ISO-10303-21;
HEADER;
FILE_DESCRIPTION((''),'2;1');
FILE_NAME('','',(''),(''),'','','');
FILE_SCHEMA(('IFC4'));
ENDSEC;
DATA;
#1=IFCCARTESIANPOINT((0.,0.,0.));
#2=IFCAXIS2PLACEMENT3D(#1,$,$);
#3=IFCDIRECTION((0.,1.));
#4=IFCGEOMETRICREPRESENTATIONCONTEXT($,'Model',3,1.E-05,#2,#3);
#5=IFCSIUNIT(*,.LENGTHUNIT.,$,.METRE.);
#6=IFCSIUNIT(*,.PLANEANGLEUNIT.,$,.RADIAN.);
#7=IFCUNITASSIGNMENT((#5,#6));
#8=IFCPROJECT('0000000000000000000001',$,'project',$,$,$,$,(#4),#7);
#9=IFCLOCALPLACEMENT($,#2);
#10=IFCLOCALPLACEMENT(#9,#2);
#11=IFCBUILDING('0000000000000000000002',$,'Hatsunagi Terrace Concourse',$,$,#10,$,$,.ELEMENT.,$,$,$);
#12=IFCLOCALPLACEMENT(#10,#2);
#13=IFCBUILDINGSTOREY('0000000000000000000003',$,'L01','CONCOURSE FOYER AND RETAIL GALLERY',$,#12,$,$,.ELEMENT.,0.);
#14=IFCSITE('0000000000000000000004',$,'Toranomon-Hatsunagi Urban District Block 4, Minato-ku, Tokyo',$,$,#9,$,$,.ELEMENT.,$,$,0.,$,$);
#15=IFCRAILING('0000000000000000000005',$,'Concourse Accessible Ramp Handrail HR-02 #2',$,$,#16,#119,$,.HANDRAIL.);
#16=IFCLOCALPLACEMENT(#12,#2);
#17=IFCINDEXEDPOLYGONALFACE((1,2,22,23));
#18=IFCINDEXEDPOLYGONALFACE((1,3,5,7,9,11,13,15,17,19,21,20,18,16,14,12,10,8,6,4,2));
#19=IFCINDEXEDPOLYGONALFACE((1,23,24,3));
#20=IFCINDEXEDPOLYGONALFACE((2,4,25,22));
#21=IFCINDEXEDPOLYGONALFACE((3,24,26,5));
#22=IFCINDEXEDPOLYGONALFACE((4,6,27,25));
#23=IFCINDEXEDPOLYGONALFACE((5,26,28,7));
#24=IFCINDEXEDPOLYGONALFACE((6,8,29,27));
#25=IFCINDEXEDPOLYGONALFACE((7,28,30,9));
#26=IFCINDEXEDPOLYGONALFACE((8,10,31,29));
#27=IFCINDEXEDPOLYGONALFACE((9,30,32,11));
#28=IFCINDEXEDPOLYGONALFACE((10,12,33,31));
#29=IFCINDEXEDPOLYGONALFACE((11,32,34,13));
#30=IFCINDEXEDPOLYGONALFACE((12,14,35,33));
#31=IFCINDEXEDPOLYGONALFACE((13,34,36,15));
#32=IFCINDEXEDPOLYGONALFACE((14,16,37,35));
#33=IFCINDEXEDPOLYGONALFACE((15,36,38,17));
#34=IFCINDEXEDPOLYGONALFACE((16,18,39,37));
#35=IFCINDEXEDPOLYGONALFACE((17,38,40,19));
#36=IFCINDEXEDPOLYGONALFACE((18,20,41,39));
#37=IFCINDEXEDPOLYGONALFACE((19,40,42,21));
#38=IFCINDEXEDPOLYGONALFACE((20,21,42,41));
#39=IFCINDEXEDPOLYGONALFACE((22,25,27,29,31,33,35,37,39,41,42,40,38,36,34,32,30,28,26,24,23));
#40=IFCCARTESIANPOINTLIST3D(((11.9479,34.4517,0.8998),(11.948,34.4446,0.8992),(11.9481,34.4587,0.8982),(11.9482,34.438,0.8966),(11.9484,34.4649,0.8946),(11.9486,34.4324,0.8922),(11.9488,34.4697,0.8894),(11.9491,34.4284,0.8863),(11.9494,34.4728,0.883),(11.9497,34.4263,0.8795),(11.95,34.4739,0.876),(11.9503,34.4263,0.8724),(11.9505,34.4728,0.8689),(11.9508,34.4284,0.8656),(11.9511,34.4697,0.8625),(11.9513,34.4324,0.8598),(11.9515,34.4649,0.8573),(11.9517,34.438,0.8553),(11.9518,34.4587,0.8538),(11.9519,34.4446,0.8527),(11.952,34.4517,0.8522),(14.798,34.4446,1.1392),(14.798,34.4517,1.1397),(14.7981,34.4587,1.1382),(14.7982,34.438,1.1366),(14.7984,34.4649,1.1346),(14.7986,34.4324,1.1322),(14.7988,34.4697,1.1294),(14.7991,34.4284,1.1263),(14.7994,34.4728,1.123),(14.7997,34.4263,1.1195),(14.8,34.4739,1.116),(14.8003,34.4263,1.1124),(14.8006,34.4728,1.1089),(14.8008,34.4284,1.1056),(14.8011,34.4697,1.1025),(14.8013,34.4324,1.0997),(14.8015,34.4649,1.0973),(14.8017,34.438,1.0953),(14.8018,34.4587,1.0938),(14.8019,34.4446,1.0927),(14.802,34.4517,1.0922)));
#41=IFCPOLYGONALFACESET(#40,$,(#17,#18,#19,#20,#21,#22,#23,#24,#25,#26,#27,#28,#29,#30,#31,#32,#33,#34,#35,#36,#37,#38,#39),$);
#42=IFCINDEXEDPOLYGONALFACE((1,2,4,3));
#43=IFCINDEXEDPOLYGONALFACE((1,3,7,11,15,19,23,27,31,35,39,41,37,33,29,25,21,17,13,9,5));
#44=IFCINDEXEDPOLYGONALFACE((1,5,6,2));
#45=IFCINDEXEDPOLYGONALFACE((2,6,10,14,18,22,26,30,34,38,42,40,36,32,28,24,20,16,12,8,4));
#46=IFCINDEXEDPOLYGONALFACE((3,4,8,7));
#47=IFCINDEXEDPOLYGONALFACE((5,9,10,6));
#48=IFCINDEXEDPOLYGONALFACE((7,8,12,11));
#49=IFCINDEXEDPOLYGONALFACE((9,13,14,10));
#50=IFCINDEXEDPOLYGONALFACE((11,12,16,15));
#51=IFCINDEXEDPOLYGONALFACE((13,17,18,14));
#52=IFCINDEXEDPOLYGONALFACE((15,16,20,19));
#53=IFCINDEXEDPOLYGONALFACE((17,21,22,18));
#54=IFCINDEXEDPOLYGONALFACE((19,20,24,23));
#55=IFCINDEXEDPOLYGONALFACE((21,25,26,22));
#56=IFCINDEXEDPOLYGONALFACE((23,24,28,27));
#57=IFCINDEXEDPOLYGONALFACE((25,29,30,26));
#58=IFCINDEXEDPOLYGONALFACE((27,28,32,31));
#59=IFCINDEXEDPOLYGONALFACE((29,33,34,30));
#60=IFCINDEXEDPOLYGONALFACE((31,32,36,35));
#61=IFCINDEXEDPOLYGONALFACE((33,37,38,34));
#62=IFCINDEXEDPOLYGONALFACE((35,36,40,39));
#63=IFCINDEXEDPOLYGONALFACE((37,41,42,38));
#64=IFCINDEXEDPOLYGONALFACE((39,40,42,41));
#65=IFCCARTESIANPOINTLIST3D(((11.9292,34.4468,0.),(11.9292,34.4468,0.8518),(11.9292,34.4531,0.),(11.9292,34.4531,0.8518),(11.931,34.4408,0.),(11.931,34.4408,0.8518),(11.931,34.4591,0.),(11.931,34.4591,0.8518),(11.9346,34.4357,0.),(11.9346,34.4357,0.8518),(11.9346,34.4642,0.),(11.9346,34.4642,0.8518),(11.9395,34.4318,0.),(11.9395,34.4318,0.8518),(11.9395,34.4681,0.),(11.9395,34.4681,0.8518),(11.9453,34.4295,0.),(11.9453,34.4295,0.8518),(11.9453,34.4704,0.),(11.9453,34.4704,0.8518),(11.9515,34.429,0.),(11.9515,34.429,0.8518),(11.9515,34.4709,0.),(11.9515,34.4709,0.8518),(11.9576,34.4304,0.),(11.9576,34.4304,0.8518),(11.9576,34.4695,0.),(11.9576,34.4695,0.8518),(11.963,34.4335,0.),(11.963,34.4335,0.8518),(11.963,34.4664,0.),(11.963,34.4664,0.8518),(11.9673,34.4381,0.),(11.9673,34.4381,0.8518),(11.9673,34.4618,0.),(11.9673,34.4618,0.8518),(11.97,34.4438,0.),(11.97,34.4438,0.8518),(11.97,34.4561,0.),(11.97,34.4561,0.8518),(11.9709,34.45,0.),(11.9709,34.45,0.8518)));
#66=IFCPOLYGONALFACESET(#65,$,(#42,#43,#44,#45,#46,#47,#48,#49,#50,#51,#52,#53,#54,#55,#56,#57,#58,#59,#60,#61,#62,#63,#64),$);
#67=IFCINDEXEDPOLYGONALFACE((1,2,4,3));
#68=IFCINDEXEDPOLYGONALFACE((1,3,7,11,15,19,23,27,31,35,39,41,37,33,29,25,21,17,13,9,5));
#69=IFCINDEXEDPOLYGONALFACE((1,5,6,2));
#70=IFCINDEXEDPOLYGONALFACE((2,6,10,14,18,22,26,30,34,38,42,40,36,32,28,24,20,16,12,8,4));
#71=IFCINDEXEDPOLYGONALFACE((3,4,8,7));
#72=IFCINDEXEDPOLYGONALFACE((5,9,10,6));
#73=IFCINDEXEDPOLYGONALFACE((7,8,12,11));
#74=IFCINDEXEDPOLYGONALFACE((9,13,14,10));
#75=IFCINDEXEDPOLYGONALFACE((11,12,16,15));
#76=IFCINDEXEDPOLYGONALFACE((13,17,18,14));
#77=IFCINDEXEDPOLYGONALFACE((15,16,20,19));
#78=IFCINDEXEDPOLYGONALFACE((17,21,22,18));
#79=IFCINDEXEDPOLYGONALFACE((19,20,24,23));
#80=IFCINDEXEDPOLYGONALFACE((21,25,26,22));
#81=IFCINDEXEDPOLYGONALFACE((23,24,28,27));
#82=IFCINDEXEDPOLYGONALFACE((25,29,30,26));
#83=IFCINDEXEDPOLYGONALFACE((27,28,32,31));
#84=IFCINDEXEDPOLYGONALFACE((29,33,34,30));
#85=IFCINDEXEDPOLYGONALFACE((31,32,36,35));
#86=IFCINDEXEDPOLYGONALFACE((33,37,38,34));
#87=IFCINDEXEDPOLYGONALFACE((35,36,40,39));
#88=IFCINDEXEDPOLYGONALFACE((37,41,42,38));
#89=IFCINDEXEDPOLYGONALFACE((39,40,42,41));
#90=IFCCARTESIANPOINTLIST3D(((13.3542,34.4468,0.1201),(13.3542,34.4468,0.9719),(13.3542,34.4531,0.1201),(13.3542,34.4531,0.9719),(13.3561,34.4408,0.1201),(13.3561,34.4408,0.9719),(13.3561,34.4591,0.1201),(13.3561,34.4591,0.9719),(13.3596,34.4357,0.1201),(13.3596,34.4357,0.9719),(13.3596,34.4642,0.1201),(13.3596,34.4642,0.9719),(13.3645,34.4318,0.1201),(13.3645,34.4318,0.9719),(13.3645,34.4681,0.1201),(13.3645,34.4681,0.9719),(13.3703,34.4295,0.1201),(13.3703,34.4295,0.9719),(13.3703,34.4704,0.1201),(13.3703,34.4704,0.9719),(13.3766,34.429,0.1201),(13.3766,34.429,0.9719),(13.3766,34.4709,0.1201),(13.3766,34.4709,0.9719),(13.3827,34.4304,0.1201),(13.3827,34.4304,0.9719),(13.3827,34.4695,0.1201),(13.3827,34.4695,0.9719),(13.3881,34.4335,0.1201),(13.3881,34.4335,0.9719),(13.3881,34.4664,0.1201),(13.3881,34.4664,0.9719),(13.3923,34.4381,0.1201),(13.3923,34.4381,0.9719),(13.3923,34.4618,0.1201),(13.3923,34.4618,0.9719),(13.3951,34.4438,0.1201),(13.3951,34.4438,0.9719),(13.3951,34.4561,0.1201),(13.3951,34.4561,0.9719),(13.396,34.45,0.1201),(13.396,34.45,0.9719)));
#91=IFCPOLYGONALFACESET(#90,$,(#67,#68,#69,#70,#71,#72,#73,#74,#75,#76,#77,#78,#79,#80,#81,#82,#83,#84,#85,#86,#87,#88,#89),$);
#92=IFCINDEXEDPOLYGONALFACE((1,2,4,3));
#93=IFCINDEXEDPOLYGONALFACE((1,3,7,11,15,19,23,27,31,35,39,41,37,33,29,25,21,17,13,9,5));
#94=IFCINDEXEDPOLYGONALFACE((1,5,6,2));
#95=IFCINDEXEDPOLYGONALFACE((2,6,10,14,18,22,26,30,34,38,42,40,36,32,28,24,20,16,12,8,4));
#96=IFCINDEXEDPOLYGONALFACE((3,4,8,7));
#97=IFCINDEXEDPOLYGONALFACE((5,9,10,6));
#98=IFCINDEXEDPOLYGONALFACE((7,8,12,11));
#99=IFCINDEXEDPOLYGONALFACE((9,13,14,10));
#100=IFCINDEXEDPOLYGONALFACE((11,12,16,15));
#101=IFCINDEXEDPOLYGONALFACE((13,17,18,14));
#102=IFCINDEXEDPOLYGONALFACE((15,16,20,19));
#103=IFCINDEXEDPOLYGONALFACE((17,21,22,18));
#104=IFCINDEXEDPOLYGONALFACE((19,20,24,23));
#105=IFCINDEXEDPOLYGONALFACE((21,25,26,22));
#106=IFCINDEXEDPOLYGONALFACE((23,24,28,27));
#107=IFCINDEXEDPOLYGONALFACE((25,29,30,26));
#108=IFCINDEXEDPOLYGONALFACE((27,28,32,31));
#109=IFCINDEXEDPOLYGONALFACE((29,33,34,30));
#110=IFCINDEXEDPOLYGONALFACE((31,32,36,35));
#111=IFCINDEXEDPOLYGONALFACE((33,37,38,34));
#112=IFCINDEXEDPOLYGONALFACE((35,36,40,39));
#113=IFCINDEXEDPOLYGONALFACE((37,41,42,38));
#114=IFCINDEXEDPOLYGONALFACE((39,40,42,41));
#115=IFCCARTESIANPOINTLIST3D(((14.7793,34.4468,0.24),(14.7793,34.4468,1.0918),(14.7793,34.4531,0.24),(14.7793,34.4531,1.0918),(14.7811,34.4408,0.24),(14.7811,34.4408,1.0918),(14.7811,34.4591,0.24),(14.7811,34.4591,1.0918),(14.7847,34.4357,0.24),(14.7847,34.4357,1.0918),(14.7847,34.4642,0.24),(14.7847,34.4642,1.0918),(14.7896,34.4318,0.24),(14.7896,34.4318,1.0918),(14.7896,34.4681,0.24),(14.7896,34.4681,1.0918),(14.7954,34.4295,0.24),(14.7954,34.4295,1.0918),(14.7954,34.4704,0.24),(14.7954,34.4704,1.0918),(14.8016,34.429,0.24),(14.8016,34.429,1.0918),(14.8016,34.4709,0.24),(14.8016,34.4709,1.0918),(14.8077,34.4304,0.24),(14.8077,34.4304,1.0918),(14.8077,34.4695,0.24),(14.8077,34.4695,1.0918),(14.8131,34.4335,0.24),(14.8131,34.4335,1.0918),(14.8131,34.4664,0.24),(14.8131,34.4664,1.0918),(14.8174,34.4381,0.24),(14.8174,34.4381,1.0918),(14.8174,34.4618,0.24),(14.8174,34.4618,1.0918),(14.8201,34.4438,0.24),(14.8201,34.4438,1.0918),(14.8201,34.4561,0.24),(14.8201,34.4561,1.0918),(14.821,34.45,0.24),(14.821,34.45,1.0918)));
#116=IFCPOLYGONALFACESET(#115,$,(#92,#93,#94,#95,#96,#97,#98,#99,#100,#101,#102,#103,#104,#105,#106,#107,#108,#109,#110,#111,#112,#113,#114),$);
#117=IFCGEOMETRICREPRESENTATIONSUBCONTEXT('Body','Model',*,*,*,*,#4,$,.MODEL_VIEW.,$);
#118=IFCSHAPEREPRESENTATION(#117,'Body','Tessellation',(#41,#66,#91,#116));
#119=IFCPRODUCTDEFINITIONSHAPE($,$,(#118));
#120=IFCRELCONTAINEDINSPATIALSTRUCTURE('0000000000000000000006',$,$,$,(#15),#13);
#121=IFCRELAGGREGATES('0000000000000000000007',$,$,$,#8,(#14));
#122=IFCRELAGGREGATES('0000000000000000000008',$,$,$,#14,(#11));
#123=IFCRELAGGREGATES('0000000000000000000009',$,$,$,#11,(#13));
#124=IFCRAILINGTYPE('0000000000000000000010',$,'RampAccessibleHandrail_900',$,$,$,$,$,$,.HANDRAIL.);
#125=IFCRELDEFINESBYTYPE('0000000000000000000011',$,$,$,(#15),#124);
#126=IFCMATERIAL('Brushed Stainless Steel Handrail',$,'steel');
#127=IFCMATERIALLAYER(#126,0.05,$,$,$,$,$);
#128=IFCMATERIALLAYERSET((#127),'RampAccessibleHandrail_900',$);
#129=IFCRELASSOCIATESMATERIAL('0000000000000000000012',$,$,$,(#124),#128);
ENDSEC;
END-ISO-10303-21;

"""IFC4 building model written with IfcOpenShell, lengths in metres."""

from ifc_helpers import new_model, si_unit, direction, frame, origin, origin_2d, place, context, subcontext, project, spatial, circle, extrude, material, layer, layer_set, type_object, element, save


model = new_model("IFC4")

# Units and contexts
model_context = context("Model", 3, precision=1e-05, world=origin(), true_north=direction((0.0, 1.0)))
body_context = subcontext(model_context, "Body", "Model", "MODEL_VIEW")
ifc_project = project(units=[si_unit("LENGTHUNIT", "METRE"), si_unit("PLANEANGLEUNIT", "RADIAN")], contexts=[model_context])

# Site, building, storey
site_placement = place(None, origin())
site = spatial("IfcSite", under=ifc_project, at=site_placement, Name="Toranomon-Hatsunagi Urban District Block 4, Minato-ku, Tokyo", CompositionType="ELEMENT", RefElevation=0.0)
building_placement = place(site_placement, origin())
building = spatial("IfcBuilding", under=site, at=building_placement, Name="Hatsunagi Terrace Concourse", CompositionType="ELEMENT")
storey_placement = place(building_placement, origin())
storey = spatial("IfcBuildingStorey", under=building, at=storey_placement, Name="L01", Description="CONCOURSE FOYER AND RETAIL GALLERY", CompositionType="ELEMENT", Elevation=0.0)

# Railing
ifc_material_1 = material(Name="Brushed Stainless Steel Handrail", Category="steel")
ifc_layer_1 = layer(ifc_material_1, 0.05)
ifc_layer_set_1 = layer_set([ifc_layer_1], Name="RampAccessibleHandrail_900")
railing_type_1 = type_object("IfcRailingType", Name="RampAccessibleHandrail_900", PredefinedType="HANDRAIL", material=ifc_layer_set_1)
for number, where, name in (
    (1, (11.95, 34.45, 0.0), "Concourse Accessible Ramp Handrail HR-02 #2"),
):
    element("IfcRailing", number, at=place(storey_placement, frame(where)), inside=storey, type_object=railing_type_1, Name=name, PredefinedType="HANDRAIL", context=body_context, shape_type="SweptSolid", body=[
        extrude(circle(Radius=0.0239, at=origin_2d()), frame((0.0, 0.0, 0.876), z_axis=(0.996474, 0.0, 0.083907), x_axis=(0.0, 1.0, 0.0)), (0.0, 0.0, 1.0), 2.8601),
        extrude(circle(Radius=0.021, at=origin_2d()), origin(), (0.0, 0.0, 1.0), 0.8518),
        extrude(circle(Radius=0.021, at=origin_2d()), frame((1.425, 0.0, 0.1201)), (0.0, 0.0, 1.0), 0.8518),
        extrude(circle(Radius=0.021, at=origin_2d()), frame((2.8501, 0.0, 0.24)), (0.0, 0.0, 1.0), 0.8518),
    ])

save(model, "model.ifc")
